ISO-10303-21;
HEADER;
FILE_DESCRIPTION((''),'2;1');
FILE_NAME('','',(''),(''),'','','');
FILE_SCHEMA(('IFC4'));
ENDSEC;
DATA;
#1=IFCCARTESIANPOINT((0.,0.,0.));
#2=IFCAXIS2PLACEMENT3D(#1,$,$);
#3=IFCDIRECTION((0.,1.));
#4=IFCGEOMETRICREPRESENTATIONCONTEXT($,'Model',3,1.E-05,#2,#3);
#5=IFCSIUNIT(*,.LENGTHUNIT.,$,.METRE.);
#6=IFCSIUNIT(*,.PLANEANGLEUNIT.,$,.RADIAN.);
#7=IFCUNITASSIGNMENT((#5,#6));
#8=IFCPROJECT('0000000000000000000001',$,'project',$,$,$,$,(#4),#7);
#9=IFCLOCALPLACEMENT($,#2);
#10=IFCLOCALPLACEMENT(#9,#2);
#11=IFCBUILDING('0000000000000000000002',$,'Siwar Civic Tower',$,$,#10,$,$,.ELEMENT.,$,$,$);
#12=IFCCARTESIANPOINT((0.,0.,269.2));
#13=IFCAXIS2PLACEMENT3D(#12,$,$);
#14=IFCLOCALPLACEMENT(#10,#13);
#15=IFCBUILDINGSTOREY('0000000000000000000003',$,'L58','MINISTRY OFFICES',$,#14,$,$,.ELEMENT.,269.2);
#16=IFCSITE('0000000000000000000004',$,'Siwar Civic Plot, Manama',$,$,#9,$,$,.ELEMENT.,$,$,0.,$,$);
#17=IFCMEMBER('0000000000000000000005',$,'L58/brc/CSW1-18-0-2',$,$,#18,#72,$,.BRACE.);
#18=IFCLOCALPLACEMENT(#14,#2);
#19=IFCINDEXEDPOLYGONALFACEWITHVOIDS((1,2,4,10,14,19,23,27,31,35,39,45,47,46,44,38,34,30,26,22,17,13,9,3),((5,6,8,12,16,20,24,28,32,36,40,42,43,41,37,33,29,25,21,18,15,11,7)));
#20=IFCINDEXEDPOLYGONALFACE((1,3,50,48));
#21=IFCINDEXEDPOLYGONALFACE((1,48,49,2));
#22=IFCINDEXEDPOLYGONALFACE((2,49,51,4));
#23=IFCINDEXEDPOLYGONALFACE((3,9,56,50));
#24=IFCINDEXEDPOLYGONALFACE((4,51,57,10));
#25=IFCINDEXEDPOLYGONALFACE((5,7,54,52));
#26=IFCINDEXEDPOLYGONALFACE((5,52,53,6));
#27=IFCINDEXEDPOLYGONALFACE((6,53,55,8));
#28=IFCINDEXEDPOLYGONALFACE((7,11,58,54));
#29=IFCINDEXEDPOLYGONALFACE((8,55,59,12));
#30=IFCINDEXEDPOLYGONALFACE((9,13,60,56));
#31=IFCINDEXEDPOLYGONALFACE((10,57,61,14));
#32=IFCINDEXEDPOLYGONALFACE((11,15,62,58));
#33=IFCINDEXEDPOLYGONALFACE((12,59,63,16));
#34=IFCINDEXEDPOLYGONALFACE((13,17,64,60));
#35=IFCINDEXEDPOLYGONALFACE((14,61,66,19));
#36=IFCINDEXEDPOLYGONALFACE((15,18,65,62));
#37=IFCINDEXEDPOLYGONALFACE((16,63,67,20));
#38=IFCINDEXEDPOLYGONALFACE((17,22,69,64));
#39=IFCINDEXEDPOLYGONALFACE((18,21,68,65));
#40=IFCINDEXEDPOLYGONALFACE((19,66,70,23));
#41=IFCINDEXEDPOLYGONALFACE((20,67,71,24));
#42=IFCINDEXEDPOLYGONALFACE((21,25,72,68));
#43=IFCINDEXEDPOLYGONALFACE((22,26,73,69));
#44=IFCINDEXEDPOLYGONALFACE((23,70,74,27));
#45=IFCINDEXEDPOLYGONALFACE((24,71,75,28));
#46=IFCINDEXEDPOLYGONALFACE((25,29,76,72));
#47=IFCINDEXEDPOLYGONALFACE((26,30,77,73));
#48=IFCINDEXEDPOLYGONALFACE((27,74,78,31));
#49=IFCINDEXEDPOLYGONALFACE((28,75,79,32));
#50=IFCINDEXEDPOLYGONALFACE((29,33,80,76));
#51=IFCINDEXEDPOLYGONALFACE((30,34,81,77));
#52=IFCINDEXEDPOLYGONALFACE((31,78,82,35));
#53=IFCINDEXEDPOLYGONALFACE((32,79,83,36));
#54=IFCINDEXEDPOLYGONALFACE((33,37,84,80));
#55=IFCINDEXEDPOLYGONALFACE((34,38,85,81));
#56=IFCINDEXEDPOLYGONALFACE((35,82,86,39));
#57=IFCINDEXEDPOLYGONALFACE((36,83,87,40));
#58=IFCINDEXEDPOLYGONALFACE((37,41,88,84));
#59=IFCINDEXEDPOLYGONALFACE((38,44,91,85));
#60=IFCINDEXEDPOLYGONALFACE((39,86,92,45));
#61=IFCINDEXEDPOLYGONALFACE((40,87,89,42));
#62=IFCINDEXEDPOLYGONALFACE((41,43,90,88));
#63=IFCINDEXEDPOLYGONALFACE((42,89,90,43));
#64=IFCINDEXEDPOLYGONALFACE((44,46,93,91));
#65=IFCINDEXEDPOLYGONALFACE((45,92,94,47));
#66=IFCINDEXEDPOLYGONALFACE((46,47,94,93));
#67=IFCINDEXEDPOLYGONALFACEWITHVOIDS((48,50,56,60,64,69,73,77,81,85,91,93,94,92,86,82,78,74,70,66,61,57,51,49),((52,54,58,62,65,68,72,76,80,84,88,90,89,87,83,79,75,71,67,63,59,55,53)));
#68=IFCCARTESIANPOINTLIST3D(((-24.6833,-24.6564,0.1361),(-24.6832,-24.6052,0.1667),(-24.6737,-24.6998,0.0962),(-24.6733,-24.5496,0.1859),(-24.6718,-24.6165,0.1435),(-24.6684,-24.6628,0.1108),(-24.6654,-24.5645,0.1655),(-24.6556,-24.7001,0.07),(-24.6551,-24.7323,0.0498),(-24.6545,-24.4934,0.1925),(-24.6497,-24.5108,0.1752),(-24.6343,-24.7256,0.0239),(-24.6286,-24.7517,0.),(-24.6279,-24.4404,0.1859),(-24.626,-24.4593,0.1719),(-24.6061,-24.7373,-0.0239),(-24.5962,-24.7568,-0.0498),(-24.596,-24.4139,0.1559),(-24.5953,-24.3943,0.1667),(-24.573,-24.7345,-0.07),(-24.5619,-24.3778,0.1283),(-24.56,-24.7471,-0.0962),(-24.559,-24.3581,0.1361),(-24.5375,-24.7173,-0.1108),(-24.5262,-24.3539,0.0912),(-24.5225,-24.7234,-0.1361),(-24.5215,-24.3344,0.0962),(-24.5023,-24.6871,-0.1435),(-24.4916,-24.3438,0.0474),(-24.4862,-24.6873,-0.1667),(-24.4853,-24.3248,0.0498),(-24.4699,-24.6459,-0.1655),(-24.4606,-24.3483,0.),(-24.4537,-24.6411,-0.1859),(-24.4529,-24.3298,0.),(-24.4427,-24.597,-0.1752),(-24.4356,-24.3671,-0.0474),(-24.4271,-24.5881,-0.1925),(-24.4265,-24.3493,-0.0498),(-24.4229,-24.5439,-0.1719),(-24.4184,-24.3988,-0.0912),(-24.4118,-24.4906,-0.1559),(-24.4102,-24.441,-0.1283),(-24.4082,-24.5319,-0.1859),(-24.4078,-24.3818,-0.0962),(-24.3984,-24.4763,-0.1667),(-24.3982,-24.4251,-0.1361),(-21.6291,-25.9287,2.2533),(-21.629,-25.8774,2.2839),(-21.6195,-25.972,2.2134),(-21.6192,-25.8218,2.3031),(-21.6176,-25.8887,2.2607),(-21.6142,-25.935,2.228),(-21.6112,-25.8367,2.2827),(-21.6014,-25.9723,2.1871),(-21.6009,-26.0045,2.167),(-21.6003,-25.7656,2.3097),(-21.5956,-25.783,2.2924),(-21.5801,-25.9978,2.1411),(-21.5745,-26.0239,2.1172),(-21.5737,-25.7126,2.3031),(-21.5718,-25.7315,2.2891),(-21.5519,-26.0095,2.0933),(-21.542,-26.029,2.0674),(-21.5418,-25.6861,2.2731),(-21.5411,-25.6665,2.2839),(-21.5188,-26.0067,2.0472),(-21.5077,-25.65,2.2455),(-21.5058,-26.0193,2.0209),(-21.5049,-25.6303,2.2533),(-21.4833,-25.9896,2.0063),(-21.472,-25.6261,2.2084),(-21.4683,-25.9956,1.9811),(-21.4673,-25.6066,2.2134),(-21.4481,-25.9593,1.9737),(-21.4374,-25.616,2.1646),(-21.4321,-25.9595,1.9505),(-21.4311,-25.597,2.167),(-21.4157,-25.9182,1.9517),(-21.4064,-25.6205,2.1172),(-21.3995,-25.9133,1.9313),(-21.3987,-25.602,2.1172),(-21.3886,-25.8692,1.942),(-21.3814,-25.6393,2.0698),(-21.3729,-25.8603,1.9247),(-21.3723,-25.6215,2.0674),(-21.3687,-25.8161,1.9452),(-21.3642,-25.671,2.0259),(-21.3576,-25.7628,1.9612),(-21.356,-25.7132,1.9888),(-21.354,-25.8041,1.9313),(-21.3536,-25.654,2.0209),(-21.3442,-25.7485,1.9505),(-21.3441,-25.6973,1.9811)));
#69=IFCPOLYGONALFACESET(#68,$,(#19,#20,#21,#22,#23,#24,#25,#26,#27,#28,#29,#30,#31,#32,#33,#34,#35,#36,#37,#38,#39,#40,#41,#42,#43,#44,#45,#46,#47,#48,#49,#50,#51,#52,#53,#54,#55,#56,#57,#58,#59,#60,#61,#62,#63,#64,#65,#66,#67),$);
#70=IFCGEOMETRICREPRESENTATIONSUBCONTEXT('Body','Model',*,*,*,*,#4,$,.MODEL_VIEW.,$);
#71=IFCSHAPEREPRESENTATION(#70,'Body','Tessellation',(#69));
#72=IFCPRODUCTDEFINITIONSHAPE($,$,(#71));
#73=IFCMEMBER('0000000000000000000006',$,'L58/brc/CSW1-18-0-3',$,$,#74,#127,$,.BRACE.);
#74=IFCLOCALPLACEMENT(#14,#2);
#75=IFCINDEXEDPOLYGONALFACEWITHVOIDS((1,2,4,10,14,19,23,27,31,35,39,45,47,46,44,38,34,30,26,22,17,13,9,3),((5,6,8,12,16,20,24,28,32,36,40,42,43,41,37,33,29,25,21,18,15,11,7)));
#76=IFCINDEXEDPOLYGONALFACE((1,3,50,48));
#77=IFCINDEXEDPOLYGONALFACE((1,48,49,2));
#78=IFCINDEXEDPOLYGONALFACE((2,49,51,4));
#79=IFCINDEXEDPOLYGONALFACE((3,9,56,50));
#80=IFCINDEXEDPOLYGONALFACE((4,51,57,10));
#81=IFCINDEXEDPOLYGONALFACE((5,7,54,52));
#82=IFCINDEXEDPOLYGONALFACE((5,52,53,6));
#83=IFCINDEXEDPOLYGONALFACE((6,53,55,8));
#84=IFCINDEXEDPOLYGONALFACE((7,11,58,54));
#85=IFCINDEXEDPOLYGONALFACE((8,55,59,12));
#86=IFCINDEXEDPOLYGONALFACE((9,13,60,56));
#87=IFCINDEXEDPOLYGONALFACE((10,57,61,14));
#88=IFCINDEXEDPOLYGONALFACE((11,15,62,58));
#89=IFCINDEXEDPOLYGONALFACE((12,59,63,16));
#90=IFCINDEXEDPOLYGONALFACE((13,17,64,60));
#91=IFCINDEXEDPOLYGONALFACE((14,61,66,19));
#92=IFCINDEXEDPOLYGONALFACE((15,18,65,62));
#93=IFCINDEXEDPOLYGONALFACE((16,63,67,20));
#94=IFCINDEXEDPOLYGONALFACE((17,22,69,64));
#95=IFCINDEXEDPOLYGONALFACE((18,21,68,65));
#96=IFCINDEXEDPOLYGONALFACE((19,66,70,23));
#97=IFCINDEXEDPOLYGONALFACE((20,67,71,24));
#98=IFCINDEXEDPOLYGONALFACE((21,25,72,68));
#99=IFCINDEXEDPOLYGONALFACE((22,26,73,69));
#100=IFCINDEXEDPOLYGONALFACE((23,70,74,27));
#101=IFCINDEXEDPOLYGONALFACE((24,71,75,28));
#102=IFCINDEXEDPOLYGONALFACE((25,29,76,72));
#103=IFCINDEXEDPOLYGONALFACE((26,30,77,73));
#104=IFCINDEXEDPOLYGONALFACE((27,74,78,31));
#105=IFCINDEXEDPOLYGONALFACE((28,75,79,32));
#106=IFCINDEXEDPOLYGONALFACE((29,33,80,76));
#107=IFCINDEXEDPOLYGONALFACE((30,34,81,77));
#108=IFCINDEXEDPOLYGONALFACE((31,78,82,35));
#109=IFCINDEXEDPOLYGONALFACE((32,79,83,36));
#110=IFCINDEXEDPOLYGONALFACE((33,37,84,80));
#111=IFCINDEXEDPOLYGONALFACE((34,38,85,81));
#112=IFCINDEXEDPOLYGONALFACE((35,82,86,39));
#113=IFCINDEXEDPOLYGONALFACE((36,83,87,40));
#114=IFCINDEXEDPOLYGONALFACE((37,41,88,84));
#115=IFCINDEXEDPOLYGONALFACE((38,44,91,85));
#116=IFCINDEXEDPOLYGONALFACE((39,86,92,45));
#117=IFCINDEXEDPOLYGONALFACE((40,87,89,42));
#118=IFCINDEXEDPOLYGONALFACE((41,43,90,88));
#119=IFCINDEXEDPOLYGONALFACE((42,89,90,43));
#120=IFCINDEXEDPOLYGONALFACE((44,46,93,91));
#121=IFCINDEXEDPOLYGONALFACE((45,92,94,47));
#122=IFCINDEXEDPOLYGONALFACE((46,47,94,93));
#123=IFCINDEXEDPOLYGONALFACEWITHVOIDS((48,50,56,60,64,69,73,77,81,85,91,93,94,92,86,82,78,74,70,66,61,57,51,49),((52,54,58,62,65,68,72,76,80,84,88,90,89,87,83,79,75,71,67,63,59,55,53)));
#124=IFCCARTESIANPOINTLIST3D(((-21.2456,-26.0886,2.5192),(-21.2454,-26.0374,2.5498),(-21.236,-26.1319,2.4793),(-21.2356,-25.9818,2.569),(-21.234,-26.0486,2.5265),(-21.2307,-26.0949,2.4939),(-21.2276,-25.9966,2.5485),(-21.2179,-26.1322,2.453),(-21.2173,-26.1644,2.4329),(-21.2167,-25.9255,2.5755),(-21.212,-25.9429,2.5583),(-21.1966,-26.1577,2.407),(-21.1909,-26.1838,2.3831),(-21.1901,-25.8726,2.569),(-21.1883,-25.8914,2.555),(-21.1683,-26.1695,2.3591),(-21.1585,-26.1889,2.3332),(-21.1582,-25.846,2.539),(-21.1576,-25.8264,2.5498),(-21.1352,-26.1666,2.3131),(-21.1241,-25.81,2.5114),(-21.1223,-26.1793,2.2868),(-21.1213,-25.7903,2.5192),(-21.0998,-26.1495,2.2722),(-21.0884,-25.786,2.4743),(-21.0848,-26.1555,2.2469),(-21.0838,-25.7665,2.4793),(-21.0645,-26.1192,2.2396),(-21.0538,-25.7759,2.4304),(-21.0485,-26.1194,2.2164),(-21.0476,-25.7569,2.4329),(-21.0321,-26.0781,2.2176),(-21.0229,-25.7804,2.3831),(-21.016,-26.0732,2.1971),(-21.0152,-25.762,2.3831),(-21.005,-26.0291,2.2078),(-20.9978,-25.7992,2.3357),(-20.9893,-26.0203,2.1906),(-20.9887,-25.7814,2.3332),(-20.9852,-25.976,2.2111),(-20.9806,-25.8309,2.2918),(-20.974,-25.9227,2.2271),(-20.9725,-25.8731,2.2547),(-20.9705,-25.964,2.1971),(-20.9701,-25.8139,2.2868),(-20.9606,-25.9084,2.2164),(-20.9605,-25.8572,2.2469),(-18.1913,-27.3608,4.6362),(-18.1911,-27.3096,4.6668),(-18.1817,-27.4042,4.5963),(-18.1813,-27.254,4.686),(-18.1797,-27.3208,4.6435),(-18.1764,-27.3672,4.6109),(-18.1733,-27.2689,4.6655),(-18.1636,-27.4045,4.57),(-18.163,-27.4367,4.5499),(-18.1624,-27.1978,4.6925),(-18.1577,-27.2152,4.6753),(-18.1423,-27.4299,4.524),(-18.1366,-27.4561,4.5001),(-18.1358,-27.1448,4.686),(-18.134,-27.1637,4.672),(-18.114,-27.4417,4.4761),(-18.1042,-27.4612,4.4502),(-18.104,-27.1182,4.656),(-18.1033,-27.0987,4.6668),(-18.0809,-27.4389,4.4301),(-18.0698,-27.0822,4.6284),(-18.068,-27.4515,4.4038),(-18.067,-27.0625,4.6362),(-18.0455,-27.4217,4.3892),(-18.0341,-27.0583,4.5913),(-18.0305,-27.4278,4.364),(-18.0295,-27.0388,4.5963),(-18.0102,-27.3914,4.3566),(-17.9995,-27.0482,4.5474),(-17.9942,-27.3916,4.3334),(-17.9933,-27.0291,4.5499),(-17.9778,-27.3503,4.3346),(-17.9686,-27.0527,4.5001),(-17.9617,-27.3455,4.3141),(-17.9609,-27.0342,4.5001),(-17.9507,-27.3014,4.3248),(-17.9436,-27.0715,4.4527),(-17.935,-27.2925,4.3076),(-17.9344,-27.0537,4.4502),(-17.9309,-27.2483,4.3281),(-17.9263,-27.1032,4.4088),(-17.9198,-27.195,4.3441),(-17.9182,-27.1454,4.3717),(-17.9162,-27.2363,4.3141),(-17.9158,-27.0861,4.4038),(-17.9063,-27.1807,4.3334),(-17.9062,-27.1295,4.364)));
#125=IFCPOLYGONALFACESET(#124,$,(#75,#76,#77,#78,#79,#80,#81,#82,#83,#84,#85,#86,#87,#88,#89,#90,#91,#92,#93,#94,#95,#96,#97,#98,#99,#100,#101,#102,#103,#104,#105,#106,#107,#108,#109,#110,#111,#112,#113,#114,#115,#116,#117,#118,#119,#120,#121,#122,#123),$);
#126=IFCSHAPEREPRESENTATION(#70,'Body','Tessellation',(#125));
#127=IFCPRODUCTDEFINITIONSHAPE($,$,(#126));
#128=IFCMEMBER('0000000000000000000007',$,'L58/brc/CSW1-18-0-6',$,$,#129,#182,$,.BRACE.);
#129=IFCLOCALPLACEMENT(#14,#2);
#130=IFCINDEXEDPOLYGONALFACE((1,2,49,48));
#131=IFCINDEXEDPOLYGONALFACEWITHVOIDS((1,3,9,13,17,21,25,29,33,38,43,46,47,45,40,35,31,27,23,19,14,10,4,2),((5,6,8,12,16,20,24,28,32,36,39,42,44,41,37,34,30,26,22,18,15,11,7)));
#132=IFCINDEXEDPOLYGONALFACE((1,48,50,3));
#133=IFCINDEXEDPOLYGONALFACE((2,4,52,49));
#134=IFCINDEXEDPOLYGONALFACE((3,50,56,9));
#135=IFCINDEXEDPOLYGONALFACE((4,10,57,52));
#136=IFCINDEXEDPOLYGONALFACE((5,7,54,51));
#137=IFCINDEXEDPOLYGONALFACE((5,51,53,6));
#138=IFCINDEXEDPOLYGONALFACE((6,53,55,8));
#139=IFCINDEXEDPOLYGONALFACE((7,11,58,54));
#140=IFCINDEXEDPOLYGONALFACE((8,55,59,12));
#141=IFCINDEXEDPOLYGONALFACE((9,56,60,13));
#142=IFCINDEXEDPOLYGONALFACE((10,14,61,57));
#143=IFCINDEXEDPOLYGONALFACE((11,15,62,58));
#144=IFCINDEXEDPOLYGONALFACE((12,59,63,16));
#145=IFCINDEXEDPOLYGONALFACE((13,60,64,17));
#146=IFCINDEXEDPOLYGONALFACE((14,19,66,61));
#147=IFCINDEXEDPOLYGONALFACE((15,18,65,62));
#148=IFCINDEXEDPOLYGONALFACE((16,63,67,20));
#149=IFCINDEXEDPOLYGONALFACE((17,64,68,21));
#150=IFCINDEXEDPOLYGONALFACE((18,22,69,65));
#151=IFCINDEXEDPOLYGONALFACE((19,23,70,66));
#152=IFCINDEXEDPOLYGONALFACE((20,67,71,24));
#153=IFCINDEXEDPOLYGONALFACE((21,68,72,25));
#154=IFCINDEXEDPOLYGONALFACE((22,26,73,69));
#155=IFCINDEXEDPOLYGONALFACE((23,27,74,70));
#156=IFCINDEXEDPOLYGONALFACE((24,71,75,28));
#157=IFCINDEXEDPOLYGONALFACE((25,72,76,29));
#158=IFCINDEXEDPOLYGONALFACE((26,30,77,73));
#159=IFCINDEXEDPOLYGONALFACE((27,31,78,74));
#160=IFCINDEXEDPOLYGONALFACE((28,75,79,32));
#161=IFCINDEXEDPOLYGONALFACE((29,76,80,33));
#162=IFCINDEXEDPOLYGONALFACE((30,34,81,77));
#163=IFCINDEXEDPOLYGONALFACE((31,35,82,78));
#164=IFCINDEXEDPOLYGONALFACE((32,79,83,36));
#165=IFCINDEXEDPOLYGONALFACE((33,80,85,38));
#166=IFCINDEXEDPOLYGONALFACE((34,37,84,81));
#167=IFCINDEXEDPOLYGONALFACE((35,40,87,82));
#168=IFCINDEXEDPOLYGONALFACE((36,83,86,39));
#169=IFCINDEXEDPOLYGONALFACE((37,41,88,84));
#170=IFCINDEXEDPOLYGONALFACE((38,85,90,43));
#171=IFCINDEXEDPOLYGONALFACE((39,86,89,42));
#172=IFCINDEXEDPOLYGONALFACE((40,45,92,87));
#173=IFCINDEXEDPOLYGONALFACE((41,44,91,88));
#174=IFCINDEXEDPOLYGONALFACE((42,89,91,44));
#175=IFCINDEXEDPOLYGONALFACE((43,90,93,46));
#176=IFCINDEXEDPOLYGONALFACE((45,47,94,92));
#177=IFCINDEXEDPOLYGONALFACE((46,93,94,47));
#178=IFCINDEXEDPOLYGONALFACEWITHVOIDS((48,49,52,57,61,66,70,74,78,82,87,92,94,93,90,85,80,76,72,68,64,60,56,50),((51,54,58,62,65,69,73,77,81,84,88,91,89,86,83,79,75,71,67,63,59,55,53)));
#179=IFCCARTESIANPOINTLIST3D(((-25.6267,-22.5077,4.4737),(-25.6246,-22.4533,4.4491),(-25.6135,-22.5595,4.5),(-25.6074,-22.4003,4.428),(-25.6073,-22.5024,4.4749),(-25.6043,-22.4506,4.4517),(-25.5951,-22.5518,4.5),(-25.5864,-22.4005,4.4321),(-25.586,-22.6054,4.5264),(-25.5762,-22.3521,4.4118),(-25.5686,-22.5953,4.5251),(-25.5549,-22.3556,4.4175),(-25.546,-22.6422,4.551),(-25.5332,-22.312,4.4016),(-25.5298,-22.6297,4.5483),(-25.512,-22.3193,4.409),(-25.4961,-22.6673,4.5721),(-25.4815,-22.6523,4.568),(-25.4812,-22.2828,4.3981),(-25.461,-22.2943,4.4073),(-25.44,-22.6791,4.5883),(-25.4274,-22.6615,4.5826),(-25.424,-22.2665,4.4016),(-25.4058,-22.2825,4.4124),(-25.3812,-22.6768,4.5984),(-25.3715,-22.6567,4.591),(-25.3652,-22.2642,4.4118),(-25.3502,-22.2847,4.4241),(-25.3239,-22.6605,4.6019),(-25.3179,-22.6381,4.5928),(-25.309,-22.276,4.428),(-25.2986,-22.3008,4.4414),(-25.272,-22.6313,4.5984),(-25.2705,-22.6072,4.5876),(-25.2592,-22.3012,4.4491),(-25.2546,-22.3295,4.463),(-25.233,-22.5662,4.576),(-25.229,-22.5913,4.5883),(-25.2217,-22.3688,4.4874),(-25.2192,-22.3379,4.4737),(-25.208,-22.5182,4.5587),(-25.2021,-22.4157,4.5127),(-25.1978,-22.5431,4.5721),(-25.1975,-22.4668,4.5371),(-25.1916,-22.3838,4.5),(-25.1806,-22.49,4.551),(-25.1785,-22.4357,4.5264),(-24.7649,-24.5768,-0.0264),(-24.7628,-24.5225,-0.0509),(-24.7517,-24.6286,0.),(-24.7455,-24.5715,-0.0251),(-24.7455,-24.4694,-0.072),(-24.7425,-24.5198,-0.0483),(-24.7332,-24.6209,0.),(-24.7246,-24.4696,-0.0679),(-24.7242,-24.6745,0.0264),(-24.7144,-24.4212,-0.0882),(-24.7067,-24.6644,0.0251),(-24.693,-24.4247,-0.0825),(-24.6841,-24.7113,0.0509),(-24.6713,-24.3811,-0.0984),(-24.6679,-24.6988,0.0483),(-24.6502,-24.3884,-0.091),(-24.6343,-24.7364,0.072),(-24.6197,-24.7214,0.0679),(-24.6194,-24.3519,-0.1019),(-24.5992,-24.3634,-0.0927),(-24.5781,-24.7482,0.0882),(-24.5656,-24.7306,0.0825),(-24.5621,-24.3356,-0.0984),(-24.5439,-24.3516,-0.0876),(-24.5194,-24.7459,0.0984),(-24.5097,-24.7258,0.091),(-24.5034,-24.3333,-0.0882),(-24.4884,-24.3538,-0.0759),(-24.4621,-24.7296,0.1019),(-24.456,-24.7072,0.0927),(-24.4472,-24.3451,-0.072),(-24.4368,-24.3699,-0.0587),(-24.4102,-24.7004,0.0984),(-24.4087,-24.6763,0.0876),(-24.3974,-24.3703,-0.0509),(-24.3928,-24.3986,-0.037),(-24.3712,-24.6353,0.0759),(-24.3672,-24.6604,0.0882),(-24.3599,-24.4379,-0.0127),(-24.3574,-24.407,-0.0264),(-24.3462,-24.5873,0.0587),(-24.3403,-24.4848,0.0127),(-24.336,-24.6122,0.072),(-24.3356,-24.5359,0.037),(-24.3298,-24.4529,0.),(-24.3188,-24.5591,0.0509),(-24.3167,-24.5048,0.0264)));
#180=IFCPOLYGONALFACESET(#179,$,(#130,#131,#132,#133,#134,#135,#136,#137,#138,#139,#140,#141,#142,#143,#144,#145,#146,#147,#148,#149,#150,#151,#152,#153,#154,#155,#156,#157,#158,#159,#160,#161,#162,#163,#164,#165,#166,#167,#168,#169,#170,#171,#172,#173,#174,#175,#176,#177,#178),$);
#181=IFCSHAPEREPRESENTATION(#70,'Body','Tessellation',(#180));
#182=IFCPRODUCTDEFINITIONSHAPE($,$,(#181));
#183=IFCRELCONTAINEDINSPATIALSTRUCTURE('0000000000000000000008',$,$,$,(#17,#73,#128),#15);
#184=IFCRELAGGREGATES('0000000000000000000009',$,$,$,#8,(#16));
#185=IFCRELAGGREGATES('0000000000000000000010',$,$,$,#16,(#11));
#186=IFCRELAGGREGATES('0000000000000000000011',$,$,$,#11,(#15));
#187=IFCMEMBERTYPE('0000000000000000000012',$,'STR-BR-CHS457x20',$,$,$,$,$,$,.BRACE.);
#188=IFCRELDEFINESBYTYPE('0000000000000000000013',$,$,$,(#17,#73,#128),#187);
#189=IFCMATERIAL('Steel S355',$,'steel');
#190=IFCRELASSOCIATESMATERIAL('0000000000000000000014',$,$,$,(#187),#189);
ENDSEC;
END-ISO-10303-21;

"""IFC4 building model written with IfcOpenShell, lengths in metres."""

from ifc_helpers import new_model, si_unit, direction, frame, origin, origin_2d, place, context, subcontext, project, spatial, hollow_circle, extrude, material, material_profile, profile_set, type_object, element, save


model = new_model("IFC4")

# Units and contexts
model_context = context("Model", 3, precision=1e-05, world=origin(), true_north=direction((0.0, 1.0)))
body_context = subcontext(model_context, "Body", "Model", "MODEL_VIEW")
ifc_project = project(units=[si_unit("LENGTHUNIT", "METRE"), si_unit("PLANEANGLEUNIT", "RADIAN")], contexts=[model_context])

# Site, building, storey
site_placement = place(None, origin())
site = spatial("IfcSite", under=ifc_project, at=site_placement, Name="Siwar Civic Plot, Manama", CompositionType="ELEMENT", RefElevation=0.0)
building_placement = place(site_placement, origin())
building = spatial("IfcBuilding", under=site, at=building_placement, Name="Siwar Civic Tower", CompositionType="ELEMENT")
storey_placement = place(building_placement, frame((0.0, 0.0, 269.2)))
storey = spatial("IfcBuildingStorey", under=building, at=storey_placement, Name="L58", Description="MINISTRY OFFICES", CompositionType="ELEMENT", Elevation=269.2)

# Members
ifc_material_1 = material(Name="Steel S355", Category="steel")
ifc_material_profile_1 = material_profile(ifc_material_1, hollow_circle(Radius=0.2285, WallThickness=0.02, at=origin_2d()), Name="CHS457x20")
ifc_profile_set_1 = profile_set([ifc_material_profile_1], Name="Steel S355")
member_type_1 = type_object("IfcMemberType", Name="STR-BR-CHS457x20", PredefinedType="BRACE", material=ifc_profile_set_1)
for number, where, z_axis, x_axis, name in (
    (1, (-24.5408, -24.5408, 0.0), (0.777546, -0.323884, 0.538999), (0.384521, 0.923116, 0.0), "L58/brc/CSW1-18-0-2"),
    (2, (-21.103, -25.9729, 2.3831), (0.777572, -0.323895, 0.538955), (0.384521, 0.923116, 0.0), "L58/brc/CSW1-18-0-3"),
):
    element("IfcMember", number, at=place(storey_placement, frame(where, z_axis=z_axis, x_axis=x_axis)), inside=storey, type_object=member_type_1, Name=name, PredefinedType="BRACE", context=body_context, shape_type="SweptSolid", body=[
        extrude(hollow_circle(Radius=0.2285, WallThickness=0.02, at=origin_2d()), origin(), (0.0, 0.0, 1.0), 3.928),
    ])
member_1_placement = place(storey_placement, frame((-24.5408, -24.5408, 0.0), z_axis=(-0.171427, 0.41157, 0.895111), x_axis=(-0.923125, -0.384499, 0.0)))
element("IfcMember", 3, at=member_1_placement, inside=storey, type_object=member_type_1, Name="L58/brc/CSW1-18-0-6", PredefinedType="BRACE", context=body_context, shape_type="SweptSolid", body=[
    extrude(hollow_circle(Radius=0.2285, WallThickness=0.02, at=origin_2d()), origin(), (0.0, 0.0, 1.0), 5.0273),
])

save(model, "model.ifc")
